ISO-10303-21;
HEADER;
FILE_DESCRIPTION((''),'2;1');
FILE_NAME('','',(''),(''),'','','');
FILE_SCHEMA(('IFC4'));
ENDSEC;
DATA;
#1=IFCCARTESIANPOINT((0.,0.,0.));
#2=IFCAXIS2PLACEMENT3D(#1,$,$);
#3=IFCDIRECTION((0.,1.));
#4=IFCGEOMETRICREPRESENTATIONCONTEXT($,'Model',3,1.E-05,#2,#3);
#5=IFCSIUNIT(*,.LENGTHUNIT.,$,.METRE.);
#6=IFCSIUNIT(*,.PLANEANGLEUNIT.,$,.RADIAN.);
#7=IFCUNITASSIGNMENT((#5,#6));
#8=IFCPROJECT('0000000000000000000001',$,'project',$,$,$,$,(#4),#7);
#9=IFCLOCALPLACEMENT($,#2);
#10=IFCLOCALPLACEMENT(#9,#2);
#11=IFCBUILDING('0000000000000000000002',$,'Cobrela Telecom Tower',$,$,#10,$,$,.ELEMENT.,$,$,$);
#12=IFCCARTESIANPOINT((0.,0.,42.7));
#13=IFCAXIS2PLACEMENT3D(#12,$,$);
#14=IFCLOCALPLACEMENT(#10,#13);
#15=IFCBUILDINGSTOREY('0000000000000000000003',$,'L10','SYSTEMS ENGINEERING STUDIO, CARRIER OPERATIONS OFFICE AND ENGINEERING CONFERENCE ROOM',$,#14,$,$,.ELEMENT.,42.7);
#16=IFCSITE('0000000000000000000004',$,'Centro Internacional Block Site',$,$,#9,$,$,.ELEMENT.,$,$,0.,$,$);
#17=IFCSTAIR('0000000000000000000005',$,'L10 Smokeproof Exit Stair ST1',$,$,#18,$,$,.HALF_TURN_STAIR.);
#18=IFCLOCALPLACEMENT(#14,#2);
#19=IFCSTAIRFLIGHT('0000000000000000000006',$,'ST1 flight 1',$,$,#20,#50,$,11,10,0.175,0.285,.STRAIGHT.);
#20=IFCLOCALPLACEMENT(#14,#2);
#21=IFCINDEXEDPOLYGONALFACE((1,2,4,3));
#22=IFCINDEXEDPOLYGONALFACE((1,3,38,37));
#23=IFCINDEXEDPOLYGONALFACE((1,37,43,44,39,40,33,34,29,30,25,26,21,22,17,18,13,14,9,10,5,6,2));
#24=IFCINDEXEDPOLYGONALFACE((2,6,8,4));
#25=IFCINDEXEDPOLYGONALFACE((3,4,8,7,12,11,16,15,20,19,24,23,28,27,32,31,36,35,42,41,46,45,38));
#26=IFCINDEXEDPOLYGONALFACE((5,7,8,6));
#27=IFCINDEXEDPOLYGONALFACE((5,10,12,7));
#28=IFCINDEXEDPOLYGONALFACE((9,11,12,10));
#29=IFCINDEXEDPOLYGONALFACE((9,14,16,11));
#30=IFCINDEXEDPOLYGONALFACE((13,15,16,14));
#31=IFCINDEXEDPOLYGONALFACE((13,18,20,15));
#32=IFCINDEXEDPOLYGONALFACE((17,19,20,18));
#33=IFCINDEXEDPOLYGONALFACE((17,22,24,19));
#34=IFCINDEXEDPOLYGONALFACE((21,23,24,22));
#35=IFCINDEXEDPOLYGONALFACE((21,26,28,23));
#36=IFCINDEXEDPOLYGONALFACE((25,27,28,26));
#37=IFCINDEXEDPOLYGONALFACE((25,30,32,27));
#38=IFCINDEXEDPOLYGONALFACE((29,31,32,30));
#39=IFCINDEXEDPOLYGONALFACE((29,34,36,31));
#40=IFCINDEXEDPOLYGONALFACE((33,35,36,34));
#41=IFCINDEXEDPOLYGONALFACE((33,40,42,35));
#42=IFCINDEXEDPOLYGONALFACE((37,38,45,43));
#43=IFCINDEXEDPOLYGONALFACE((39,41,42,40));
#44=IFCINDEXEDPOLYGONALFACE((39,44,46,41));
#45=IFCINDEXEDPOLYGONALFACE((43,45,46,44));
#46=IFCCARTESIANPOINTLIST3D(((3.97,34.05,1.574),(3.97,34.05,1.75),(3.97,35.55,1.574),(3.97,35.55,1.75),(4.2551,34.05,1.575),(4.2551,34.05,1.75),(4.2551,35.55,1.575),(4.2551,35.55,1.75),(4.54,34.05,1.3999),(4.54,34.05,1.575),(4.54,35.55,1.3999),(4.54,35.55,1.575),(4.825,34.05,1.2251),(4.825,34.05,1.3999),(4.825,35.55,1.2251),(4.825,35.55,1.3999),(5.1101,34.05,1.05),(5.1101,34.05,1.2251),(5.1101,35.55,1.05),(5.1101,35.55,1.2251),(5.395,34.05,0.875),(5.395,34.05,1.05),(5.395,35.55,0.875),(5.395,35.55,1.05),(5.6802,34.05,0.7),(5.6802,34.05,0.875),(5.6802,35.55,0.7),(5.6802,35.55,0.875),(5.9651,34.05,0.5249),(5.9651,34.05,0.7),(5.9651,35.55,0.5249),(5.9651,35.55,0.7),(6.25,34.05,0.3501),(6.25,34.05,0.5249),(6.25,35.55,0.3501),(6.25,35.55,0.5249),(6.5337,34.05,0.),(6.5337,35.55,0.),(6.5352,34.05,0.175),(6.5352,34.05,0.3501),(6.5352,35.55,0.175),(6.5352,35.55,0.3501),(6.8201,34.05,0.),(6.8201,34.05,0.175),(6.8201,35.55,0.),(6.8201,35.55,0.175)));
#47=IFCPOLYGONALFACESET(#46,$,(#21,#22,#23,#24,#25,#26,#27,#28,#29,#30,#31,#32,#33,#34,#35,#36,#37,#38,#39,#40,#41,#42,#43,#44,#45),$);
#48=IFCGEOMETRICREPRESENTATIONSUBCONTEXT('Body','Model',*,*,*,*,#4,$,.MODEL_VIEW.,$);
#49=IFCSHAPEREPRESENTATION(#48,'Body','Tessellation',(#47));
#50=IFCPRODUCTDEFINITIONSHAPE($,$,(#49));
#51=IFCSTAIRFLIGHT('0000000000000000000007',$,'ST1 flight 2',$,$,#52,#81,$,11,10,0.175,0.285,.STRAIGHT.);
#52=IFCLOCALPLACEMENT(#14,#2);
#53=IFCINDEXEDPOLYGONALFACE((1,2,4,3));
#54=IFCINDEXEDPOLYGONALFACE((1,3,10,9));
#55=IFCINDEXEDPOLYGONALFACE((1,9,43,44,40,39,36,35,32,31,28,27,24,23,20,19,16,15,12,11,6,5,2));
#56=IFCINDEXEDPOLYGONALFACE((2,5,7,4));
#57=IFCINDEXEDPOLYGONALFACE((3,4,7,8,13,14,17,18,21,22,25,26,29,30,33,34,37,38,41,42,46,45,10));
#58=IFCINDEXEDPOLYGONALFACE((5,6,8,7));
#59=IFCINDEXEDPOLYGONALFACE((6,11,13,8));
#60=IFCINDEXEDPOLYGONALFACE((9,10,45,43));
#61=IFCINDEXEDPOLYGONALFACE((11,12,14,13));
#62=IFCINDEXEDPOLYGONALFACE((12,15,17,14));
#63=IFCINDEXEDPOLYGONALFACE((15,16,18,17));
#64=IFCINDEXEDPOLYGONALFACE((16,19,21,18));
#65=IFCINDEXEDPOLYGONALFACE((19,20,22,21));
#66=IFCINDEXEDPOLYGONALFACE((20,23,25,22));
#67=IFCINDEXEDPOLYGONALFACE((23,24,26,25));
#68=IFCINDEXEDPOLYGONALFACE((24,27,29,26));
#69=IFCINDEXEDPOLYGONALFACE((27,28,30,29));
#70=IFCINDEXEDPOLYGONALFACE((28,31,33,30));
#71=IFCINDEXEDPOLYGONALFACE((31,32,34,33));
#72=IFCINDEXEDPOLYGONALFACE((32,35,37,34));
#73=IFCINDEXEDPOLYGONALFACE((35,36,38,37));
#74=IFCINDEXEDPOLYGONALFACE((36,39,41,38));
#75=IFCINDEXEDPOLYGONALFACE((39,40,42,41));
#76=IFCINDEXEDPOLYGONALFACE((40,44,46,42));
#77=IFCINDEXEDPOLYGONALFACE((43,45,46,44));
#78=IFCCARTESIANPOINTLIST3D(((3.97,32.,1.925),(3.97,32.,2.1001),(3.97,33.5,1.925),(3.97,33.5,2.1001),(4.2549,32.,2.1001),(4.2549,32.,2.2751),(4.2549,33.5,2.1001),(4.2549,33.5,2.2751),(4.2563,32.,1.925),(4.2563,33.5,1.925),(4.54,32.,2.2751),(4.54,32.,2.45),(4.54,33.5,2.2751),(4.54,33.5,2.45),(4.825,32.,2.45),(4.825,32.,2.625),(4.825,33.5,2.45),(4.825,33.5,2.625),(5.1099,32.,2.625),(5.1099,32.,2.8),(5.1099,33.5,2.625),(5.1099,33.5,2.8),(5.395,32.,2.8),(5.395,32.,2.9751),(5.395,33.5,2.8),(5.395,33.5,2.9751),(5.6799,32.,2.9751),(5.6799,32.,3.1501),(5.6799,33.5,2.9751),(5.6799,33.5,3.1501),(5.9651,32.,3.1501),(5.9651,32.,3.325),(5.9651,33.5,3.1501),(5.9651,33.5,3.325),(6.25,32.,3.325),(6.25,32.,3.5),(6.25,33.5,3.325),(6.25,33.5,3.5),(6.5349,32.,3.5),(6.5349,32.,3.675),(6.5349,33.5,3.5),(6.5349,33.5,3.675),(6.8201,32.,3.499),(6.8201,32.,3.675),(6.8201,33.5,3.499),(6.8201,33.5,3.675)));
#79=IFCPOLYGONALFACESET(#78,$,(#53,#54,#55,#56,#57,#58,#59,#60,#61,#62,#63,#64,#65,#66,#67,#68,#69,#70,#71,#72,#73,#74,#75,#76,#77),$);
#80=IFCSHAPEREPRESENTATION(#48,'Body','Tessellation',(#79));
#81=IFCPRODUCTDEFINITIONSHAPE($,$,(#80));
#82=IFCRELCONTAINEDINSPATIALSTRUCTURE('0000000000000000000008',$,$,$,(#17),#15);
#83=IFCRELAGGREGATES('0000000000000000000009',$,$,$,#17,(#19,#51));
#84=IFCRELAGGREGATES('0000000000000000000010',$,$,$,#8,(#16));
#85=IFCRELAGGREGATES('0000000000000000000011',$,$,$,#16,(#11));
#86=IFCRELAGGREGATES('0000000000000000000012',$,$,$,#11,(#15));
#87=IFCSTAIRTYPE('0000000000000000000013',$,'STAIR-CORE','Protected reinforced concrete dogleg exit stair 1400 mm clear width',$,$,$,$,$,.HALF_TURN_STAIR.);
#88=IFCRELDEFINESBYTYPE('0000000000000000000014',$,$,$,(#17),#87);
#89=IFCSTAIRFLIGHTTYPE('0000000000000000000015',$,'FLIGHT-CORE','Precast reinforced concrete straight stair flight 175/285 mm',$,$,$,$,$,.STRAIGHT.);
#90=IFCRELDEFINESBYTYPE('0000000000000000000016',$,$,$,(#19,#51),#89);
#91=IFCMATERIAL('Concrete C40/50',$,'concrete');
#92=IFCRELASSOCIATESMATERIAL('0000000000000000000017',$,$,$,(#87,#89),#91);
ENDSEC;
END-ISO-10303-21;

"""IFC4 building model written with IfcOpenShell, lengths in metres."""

from ifc_helpers import new_model, si_unit, direction, frame, origin, place, context, subcontext, project, spatial, polyline, outline, extrude, material, type_object, element, aggregate, save


model = new_model("IFC4")

# Units and contexts
model_context = context("Model", 3, precision=1e-05, world=origin(), true_north=direction((0.0, 1.0)))
body_context = subcontext(model_context, "Body", "Model", "MODEL_VIEW")
ifc_project = project(units=[si_unit("LENGTHUNIT", "METRE"), si_unit("PLANEANGLEUNIT", "RADIAN")], contexts=[model_context])

# Site, building, storey
site_placement = place(None, origin())
site = spatial("IfcSite", under=ifc_project, at=site_placement, Name="Centro Internacional Block Site", CompositionType="ELEMENT", RefElevation=0.0)
building_placement = place(site_placement, origin())
building = spatial("IfcBuilding", under=site, at=building_placement, Name="Cobrela Telecom Tower", CompositionType="ELEMENT")
storey_placement = place(building_placement, frame((0.0, 0.0, 42.7)))
storey = spatial("IfcBuildingStorey", under=building, at=storey_placement, Name="L10", Description="SYSTEMS ENGINEERING STUDIO, CARRIER OPERATIONS OFFICE AND ENGINEERING CONFERENCE ROOM", CompositionType="ELEMENT", Elevation=42.7)

# Shared definitions
ifc_material_1 = material(Name="Concrete C40/50", Category="concrete")

# Stair, stair flights
stair_type = type_object("IfcStairType", Name="STAIR-CORE", Description="Protected reinforced concrete dogleg exit stair 1400 mm clear width", PredefinedType="HALF_TURN_STAIR", material=ifc_material_1)
stair_placement = place(storey_placement, origin())
stair = element("IfcStair", 1, at=stair_placement, inside=storey, type_object=stair_type, Name="L10 Smokeproof Exit Stair ST1", PredefinedType="HALF_TURN_STAIR")
stair_flight_type = type_object("IfcStairFlightType", Name="FLIGHT-CORE", Description="Precast reinforced concrete straight stair flight 175/285 mm", PredefinedType="STRAIGHT", material=ifc_material_1)
stair_flight_1_placement = place(storey_placement, frame((6.8201, 34.8, 0.0), z_axis=(0.0, 0.0, 1.0), x_axis=(-1.0, 0.0, 0.0)))
stair_flight_1 = element("IfcStairFlight", 2, at=stair_flight_1_placement, type_object=stair_flight_type, Name="ST1 flight 1", NumberOfRisers=11, NumberOfTreads=10, PredefinedType="STRAIGHT", RiserHeight=0.175, TreadLength=0.285, context=body_context, shape_type="SweptSolid", body=[
    extrude(outline(polyline([(0.0, 0.0), (0.0, 0.175), (0.2849, 0.175), (0.2849, 0.3501), (0.5701, 0.3501), (0.5701, 0.5249), (0.855, 0.5249), (0.855, 0.7), (1.1399, 0.7), (1.1399, 0.875), (1.425, 0.875), (1.425, 1.05), (1.71, 1.05), (1.71, 1.2251), (1.9951, 1.2251), (1.9951, 1.3999), (2.28, 1.3999), (2.28, 1.575), (2.5649, 1.575), (2.5649, 1.75), (2.8501, 1.75), (2.8501, 1.925), (2.8501, 1.574), (0.2864, 0.0), (0.0, 0.0)])), frame((0.0, 0.75, 0.0), z_axis=(0.0, -1.0, 0.0), x_axis=(1.0, 0.0, 0.0)), (0.0, 0.0, 1.0), 1.5),
])
stair_flight_2_placement = place(storey_placement, frame((3.97, 32.75, 1.925), z_axis=(0.0, 0.0, 1.0), x_axis=(1.0, 0.0, 0.0)))
stair_flight_2 = element("IfcStairFlight", 3, at=stair_flight_2_placement, type_object=stair_flight_type, Name="ST1 flight 2", NumberOfRisers=11, NumberOfTreads=10, PredefinedType="STRAIGHT", RiserHeight=0.175, TreadLength=0.285, context=body_context, shape_type="SweptSolid", body=[
    extrude(outline(polyline([(0.0, 0.0), (0.0, 0.175), (0.2849, 0.175), (0.2849, 0.3501), (0.5701, 0.3501), (0.5701, 0.5249), (0.855, 0.5249), (0.855, 0.7), (1.1399, 0.7), (1.1399, 0.875), (1.425, 0.875), (1.425, 1.05), (1.71, 1.05), (1.71, 1.2251), (1.9951, 1.2251), (1.9951, 1.3999), (2.28, 1.3999), (2.28, 1.575), (2.5649, 1.575), (2.5649, 1.75), (2.8501, 1.75), (2.8501, 1.925), (2.8501, 1.574), (0.2864, 0.0), (0.0, 0.0)])), frame((0.0, 0.75, 0.0), z_axis=(0.0, -1.0, 0.0), x_axis=(1.0, 0.0, 0.0)), (0.0, 0.0, 1.0), 1.5),
])
aggregate(stair, [stair_flight_1, stair_flight_2])

save(model, "model.ifc")
